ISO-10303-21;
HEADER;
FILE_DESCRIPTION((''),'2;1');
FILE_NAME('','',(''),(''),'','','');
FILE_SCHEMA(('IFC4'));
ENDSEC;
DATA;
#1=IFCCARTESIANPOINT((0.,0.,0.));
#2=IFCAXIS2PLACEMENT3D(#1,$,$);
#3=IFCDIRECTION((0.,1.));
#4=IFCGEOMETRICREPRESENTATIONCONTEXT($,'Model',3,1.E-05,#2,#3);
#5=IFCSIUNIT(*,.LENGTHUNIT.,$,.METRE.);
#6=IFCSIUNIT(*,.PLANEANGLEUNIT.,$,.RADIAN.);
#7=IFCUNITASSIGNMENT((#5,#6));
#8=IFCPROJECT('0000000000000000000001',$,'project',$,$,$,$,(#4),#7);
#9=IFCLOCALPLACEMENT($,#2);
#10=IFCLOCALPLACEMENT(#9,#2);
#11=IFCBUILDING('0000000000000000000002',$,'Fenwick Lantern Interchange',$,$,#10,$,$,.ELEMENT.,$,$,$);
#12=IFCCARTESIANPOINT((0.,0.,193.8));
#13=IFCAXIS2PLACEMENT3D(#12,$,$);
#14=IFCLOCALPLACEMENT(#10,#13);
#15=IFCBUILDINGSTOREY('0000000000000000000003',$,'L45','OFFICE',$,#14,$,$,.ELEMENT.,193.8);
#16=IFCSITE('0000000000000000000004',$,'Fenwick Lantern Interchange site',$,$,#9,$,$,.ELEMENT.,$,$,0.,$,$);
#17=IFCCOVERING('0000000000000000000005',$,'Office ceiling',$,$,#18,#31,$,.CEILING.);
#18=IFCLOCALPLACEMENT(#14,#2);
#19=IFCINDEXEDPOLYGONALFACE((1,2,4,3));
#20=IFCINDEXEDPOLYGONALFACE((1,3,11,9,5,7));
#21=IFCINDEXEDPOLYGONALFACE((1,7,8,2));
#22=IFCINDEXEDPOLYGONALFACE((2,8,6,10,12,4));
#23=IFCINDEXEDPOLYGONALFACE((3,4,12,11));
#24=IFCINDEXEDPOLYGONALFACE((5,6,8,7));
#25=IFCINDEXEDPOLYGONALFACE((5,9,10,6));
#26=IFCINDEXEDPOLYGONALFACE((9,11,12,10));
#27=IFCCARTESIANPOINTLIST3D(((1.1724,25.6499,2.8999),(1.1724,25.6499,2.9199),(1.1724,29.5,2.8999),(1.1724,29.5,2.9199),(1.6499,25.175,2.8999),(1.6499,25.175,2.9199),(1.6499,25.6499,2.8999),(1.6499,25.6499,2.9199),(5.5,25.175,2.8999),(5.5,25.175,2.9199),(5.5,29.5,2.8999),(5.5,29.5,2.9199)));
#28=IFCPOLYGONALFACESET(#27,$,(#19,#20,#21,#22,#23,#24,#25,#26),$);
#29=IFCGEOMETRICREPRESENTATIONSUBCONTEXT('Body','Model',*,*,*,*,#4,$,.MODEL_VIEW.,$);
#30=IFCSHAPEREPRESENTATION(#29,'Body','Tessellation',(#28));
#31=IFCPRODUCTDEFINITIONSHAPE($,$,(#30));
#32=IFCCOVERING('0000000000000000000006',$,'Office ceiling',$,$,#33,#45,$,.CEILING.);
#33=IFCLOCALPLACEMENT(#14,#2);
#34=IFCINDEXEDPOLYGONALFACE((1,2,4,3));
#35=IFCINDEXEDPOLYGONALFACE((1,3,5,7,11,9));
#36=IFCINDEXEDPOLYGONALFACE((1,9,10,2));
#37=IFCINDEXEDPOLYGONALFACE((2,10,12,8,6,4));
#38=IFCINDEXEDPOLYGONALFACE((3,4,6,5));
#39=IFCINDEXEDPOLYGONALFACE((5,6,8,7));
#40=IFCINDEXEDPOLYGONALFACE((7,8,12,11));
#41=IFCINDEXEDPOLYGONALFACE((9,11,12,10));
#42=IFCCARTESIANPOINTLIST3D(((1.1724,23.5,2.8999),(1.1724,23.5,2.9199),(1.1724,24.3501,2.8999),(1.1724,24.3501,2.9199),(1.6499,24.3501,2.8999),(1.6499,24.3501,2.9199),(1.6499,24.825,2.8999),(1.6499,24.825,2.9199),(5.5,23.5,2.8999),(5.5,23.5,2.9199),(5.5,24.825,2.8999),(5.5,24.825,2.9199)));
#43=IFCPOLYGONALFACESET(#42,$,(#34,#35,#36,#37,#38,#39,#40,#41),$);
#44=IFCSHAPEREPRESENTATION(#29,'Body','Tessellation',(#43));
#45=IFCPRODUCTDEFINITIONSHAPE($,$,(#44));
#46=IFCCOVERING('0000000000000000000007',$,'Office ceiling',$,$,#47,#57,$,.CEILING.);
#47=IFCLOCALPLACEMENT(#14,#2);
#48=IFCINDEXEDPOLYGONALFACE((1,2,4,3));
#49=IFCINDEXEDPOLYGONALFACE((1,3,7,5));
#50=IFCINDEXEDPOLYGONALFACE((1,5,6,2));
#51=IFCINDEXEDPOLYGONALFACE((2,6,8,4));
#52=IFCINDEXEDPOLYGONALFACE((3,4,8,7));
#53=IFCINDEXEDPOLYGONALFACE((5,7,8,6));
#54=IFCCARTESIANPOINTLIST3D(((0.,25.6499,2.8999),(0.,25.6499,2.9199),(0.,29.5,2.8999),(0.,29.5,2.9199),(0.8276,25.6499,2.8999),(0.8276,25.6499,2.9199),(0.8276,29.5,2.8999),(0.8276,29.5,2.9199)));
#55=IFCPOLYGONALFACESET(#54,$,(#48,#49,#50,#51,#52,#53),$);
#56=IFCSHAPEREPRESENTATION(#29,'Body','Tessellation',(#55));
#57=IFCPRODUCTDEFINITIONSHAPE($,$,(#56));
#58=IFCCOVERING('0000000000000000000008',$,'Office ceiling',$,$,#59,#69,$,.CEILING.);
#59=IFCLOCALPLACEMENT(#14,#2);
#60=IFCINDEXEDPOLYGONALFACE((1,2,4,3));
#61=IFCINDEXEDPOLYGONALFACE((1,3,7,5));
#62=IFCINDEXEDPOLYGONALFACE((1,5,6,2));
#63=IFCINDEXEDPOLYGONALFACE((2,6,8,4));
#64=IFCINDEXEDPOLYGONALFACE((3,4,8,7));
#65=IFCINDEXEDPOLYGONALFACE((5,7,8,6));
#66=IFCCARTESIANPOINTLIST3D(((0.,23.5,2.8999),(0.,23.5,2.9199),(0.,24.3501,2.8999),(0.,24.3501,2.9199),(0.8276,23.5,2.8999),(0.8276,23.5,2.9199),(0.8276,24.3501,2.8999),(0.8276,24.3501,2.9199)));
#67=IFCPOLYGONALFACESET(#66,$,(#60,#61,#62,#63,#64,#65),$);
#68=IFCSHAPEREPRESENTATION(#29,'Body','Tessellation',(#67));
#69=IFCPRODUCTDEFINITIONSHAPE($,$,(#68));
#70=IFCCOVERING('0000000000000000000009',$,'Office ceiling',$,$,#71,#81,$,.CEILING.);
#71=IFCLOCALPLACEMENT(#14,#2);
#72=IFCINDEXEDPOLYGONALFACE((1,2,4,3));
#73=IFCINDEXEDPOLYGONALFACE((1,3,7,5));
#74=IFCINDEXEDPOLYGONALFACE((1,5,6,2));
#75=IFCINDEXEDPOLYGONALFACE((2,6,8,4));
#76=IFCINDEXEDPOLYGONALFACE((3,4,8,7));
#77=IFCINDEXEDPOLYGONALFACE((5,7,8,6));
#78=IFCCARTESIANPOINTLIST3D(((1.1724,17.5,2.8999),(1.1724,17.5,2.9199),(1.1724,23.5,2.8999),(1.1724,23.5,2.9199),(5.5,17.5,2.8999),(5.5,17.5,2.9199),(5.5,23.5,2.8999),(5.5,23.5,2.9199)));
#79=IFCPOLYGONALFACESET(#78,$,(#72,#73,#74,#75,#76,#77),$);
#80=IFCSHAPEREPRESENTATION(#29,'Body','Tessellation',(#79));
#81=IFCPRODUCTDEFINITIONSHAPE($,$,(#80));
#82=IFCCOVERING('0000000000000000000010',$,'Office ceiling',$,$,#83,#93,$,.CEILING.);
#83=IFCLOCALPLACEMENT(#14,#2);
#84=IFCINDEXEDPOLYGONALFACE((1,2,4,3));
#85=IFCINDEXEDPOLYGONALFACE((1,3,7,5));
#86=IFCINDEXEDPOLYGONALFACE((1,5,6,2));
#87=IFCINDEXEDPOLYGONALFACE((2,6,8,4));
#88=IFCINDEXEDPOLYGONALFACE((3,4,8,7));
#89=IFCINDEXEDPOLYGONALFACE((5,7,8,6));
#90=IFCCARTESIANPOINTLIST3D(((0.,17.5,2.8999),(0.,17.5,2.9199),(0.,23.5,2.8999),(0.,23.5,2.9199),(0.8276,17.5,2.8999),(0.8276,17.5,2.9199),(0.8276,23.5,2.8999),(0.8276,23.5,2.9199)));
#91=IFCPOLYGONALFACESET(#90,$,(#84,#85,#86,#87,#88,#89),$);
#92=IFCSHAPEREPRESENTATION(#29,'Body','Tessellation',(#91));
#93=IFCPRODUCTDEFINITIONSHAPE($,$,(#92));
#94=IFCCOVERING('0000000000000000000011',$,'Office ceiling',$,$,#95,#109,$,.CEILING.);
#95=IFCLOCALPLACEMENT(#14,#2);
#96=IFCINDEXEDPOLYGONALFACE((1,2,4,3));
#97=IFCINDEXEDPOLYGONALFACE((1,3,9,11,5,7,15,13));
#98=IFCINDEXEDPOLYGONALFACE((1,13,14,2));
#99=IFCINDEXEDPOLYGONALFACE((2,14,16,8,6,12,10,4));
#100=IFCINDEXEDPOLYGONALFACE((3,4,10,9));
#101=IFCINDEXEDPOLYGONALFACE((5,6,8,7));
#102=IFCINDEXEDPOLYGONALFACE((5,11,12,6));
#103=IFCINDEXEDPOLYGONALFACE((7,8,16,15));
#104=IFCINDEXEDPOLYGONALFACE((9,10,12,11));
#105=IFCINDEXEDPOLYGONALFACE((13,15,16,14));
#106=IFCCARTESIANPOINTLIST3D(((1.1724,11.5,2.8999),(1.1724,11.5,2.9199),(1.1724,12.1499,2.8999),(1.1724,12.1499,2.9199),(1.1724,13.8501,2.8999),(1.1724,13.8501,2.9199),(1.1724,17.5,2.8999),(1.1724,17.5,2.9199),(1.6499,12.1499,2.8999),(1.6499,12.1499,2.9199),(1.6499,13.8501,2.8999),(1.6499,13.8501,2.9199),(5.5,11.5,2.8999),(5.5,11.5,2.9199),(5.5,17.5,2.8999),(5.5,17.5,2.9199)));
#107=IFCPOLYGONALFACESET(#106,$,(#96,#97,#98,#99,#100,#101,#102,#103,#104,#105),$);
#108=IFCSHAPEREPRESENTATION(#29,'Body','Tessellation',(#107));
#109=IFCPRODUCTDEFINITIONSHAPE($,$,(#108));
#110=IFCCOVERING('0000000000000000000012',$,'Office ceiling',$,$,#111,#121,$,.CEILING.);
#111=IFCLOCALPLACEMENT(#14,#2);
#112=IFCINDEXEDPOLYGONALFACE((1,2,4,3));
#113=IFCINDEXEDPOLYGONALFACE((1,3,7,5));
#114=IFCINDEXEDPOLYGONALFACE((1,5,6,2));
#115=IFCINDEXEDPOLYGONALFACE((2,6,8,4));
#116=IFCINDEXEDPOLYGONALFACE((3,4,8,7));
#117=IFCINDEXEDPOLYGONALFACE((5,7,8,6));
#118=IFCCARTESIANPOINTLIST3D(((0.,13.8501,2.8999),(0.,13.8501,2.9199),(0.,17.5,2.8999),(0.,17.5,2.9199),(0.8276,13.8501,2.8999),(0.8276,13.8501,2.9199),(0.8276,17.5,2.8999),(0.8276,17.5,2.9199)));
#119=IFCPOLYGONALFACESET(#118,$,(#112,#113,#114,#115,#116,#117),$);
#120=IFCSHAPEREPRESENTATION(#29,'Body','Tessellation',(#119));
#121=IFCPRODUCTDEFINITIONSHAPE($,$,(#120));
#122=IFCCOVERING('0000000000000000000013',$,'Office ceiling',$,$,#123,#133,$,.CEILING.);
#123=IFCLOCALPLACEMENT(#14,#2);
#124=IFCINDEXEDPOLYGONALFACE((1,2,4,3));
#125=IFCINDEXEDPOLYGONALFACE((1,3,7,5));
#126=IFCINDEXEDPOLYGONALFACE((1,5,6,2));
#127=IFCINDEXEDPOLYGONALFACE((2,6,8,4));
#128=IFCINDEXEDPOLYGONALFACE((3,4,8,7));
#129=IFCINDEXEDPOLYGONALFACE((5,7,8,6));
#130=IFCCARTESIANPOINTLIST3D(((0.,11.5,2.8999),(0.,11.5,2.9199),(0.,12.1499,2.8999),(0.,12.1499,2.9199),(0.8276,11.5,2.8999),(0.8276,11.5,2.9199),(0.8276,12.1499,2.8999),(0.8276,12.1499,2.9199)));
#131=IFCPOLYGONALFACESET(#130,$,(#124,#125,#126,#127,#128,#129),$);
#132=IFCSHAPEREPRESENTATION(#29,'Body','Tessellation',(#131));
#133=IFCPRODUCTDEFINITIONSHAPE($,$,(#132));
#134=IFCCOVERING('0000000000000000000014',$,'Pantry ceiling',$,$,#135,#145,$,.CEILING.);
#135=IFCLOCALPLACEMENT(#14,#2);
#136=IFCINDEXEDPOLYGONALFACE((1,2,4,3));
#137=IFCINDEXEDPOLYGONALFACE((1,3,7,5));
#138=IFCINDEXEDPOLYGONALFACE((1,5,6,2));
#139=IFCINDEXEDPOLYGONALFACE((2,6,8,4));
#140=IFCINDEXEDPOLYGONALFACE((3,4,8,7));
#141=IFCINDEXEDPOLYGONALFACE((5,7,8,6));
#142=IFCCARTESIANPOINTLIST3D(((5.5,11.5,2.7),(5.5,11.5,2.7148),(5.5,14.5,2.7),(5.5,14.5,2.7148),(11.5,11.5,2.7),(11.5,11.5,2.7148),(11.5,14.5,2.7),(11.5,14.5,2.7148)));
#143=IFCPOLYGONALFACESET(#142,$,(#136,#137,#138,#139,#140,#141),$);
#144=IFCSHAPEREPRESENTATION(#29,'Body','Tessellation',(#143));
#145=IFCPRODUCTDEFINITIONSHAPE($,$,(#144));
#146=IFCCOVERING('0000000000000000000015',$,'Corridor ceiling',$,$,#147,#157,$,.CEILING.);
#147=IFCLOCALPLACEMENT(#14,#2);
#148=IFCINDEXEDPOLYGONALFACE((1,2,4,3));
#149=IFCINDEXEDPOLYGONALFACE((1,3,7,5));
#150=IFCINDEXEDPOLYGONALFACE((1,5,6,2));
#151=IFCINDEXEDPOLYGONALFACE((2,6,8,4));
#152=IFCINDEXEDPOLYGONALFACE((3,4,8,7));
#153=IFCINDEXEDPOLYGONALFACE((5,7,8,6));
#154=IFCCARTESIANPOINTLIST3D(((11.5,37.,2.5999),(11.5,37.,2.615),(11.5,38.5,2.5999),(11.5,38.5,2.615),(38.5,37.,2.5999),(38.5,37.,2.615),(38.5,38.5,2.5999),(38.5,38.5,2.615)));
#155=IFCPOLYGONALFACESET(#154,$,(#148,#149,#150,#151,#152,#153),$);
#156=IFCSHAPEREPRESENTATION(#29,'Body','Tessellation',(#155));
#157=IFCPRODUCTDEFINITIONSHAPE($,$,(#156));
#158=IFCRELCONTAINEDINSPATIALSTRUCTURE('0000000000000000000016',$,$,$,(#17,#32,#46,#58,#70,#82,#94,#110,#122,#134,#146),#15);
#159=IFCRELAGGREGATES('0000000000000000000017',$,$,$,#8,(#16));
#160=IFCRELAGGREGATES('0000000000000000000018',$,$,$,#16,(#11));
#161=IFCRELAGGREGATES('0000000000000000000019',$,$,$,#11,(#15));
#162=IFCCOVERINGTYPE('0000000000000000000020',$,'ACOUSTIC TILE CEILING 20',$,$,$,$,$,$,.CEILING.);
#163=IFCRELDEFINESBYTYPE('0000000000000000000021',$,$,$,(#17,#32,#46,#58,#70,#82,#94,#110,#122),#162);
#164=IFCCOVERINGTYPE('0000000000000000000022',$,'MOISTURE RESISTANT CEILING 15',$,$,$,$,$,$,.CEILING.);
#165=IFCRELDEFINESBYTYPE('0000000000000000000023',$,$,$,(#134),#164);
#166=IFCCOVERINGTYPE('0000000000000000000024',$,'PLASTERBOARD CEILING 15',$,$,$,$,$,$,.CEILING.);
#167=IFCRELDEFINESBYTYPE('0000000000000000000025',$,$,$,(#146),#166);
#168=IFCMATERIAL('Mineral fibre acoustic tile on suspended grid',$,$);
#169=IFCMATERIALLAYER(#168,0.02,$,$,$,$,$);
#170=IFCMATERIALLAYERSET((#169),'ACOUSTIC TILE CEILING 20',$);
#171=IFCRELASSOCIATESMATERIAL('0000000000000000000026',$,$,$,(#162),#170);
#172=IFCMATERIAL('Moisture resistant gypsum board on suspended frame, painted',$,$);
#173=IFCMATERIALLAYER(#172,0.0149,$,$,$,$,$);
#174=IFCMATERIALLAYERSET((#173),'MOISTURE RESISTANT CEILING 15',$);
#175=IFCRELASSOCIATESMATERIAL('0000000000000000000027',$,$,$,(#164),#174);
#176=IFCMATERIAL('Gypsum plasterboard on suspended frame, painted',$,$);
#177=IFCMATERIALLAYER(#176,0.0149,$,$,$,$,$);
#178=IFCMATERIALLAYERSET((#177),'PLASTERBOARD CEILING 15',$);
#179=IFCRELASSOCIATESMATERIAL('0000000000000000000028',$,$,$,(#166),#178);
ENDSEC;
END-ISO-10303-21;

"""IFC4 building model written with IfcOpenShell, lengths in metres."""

from ifc_helpers import new_model, si_unit, direction, frame, origin, place, context, subcontext, project, spatial, polyline, outline, extrude, material, layer, layer_set, type_object, element, save


model = new_model("IFC4")

# Units and contexts
model_context = context("Model", 3, precision=1e-05, world=origin(), true_north=direction((0.0, 1.0)))
body_context = subcontext(model_context, "Body", "Model", "MODEL_VIEW")
ifc_project = project(units=[si_unit("LENGTHUNIT", "METRE"), si_unit("PLANEANGLEUNIT", "RADIAN")], contexts=[model_context])

# Site, building, storey
site_placement = place(None, origin())
site = spatial("IfcSite", under=ifc_project, at=site_placement, Name="Fenwick Lantern Interchange site", CompositionType="ELEMENT", RefElevation=0.0)
building_placement = place(site_placement, origin())
building = spatial("IfcBuilding", under=site, at=building_placement, Name="Fenwick Lantern Interchange", CompositionType="ELEMENT")
storey_placement = place(building_placement, frame((0.0, 0.0, 193.8)))
storey = spatial("IfcBuildingStorey", under=building, at=storey_placement, Name="L45", Description="OFFICE", CompositionType="ELEMENT", Elevation=193.8)

# Coverings
ifc_material_1 = material(Name="Mineral fibre acoustic tile on suspended grid")
ifc_layer_1 = layer(ifc_material_1, 0.02)
ifc_layer_set_1 = layer_set([ifc_layer_1], Name="ACOUSTIC TILE CEILING 20")
covering_type_1 = type_object("IfcCoveringType", Name="ACOUSTIC TILE CEILING 20", PredefinedType="CEILING", material=ifc_layer_set_1)
covering_1_placement = place(storey_placement, frame((0.0, 0.0, 2.8999)))
element("IfcCovering", 1, at=covering_1_placement, inside=storey, type_object=covering_type_1, Name="Office ceiling", PredefinedType="CEILING", context=body_context, shape_type="SweptSolid", body=[
    extrude(outline(polyline([(5.5, 29.5), (1.1724, 29.5), (1.1724, 25.6499), (1.6499, 25.6499), (1.6499, 25.175), (5.5, 25.175), (5.5, 29.5)])), origin(), (0.0, 0.0, 1.0), 0.02),
])
covering_2_placement = place(storey_placement, frame((0.0, 0.0, 2.8999)))
element("IfcCovering", 2, at=covering_2_placement, inside=storey, type_object=covering_type_1, Name="Office ceiling", PredefinedType="CEILING", context=body_context, shape_type="SweptSolid", body=[
    extrude(outline(polyline([(5.5, 23.5), (5.5, 24.825), (1.6499, 24.825), (1.6499, 24.3501), (1.1724, 24.3501), (1.1724, 23.5), (5.5, 23.5)])), origin(), (0.0, 0.0, 1.0), 0.02),
])
covering_3_placement = place(storey_placement, frame((0.0, 0.0, 2.8999)))
element("IfcCovering", 3, at=covering_3_placement, inside=storey, type_object=covering_type_1, Name="Office ceiling", PredefinedType="CEILING", context=body_context, shape_type="SweptSolid", body=[
    extrude(outline(polyline([(0.8276, 29.5), (0.0, 29.5), (0.0, 25.6499), (0.8276, 25.6499), (0.8276, 29.5)])), origin(), (0.0, 0.0, 1.0), 0.02),
])
covering_4_placement = place(storey_placement, frame((0.0, 0.0, 2.8999)))
element("IfcCovering", 4, at=covering_4_placement, inside=storey, type_object=covering_type_1, Name="Office ceiling", PredefinedType="CEILING", context=body_context, shape_type="SweptSolid", body=[
    extrude(outline(polyline([(0.0, 23.5), (0.8276, 23.5), (0.8276, 24.3501), (0.0, 24.3501), (0.0, 23.5)])), origin(), (0.0, 0.0, 1.0), 0.02),
])
covering_5_placement = place(storey_placement, frame((0.0, 0.0, 2.8999)))
element("IfcCovering", 5, at=covering_5_placement, inside=storey, type_object=covering_type_1, Name="Office ceiling", PredefinedType="CEILING", context=body_context, shape_type="SweptSolid", body=[
    extrude(outline(polyline([(5.5, 23.5), (1.1724, 23.5), (1.1724, 17.5), (5.5, 17.5), (5.5, 23.5)])), origin(), (0.0, 0.0, 1.0), 0.02),
])
covering_6_placement = place(storey_placement, frame((0.0, 0.0, 2.8999)))
element("IfcCovering", 6, at=covering_6_placement, inside=storey, type_object=covering_type_1, Name="Office ceiling", PredefinedType="CEILING", context=body_context, shape_type="SweptSolid", body=[
    extrude(outline(polyline([(0.0, 17.5), (0.8276, 17.5), (0.8276, 23.5), (0.0, 23.5), (0.0, 17.5)])), origin(), (0.0, 0.0, 1.0), 0.02),
])
covering_7_placement = place(storey_placement, frame((0.0, 0.0, 2.8999)))
element("IfcCovering", 7, at=covering_7_placement, inside=storey, type_object=covering_type_1, Name="Office ceiling", PredefinedType="CEILING", context=body_context, shape_type="SweptSolid", body=[
    extrude(outline(polyline([(5.5, 17.5), (1.1724, 17.5), (1.1724, 13.8501), (1.6499, 13.8501), (1.6499, 12.1499), (1.1724, 12.1499), (1.1724, 11.5), (5.5, 11.5), (5.5, 17.5)])), origin(), (0.0, 0.0, 1.0), 0.02),
])
covering_8_placement = place(storey_placement, frame((0.0, 0.0, 2.8999)))
element("IfcCovering", 8, at=covering_8_placement, inside=storey, type_object=covering_type_1, Name="Office ceiling", PredefinedType="CEILING", context=body_context, shape_type="SweptSolid", body=[
    extrude(outline(polyline([(0.8276, 17.5), (0.0, 17.5), (0.0, 13.8501), (0.8276, 13.8501), (0.8276, 17.5)])), origin(), (0.0, 0.0, 1.0), 0.02),
])
covering_9_placement = place(storey_placement, frame((0.0, 0.0, 2.8999)))
element("IfcCovering", 9, at=covering_9_placement, inside=storey, type_object=covering_type_1, Name="Office ceiling", PredefinedType="CEILING", context=body_context, shape_type="SweptSolid", body=[
    extrude(outline(polyline([(0.0, 11.5), (0.8276, 11.5), (0.8276, 12.1499), (0.0, 12.1499), (0.0, 11.5)])), origin(), (0.0, 0.0, 1.0), 0.02),
])
ifc_material_2 = material(Name="Moisture resistant gypsum board on suspended frame, painted")
ifc_layer_2 = layer(ifc_material_2, 0.0149)
ifc_layer_set_2 = layer_set([ifc_layer_2], Name="MOISTURE RESISTANT CEILING 15")
covering_type_2 = type_object("IfcCoveringType", Name="MOISTURE RESISTANT CEILING 15", PredefinedType="CEILING", material=ifc_layer_set_2)
covering_10_placement = place(storey_placement, frame((0.0, 0.0, 2.7)))
element("IfcCovering", 10, at=covering_10_placement, inside=storey, type_object=covering_type_2, Name="Pantry ceiling", PredefinedType="CEILING", context=body_context, shape_type="SweptSolid", body=[
    extrude(outline(polyline([(5.5, 14.5), (5.5, 11.5), (11.5, 11.5), (11.5, 14.5), (5.5, 14.5)])), origin(), (0.0, 0.0, 1.0), 0.0149),
])
ifc_material_3 = material(Name="Gypsum plasterboard on suspended frame, painted")
ifc_layer_3 = layer(ifc_material_3, 0.0149)
ifc_layer_set_3 = layer_set([ifc_layer_3], Name="PLASTERBOARD CEILING 15")
covering_type_3 = type_object("IfcCoveringType", Name="PLASTERBOARD CEILING 15", PredefinedType="CEILING", material=ifc_layer_set_3)
covering_11_placement = place(storey_placement, frame((0.0, 0.0, 2.5999)))
element("IfcCovering", 11, at=covering_11_placement, inside=storey, type_object=covering_type_3, Name="Corridor ceiling", PredefinedType="CEILING", context=body_context, shape_type="SweptSolid", body=[
    extrude(outline(polyline([(11.5, 38.5), (11.5, 37.0), (38.5, 37.0), (38.5, 38.5), (11.5, 38.5)])), origin(), (0.0, 0.0, 1.0), 0.0151),
])

save(model, "model.ifc")
